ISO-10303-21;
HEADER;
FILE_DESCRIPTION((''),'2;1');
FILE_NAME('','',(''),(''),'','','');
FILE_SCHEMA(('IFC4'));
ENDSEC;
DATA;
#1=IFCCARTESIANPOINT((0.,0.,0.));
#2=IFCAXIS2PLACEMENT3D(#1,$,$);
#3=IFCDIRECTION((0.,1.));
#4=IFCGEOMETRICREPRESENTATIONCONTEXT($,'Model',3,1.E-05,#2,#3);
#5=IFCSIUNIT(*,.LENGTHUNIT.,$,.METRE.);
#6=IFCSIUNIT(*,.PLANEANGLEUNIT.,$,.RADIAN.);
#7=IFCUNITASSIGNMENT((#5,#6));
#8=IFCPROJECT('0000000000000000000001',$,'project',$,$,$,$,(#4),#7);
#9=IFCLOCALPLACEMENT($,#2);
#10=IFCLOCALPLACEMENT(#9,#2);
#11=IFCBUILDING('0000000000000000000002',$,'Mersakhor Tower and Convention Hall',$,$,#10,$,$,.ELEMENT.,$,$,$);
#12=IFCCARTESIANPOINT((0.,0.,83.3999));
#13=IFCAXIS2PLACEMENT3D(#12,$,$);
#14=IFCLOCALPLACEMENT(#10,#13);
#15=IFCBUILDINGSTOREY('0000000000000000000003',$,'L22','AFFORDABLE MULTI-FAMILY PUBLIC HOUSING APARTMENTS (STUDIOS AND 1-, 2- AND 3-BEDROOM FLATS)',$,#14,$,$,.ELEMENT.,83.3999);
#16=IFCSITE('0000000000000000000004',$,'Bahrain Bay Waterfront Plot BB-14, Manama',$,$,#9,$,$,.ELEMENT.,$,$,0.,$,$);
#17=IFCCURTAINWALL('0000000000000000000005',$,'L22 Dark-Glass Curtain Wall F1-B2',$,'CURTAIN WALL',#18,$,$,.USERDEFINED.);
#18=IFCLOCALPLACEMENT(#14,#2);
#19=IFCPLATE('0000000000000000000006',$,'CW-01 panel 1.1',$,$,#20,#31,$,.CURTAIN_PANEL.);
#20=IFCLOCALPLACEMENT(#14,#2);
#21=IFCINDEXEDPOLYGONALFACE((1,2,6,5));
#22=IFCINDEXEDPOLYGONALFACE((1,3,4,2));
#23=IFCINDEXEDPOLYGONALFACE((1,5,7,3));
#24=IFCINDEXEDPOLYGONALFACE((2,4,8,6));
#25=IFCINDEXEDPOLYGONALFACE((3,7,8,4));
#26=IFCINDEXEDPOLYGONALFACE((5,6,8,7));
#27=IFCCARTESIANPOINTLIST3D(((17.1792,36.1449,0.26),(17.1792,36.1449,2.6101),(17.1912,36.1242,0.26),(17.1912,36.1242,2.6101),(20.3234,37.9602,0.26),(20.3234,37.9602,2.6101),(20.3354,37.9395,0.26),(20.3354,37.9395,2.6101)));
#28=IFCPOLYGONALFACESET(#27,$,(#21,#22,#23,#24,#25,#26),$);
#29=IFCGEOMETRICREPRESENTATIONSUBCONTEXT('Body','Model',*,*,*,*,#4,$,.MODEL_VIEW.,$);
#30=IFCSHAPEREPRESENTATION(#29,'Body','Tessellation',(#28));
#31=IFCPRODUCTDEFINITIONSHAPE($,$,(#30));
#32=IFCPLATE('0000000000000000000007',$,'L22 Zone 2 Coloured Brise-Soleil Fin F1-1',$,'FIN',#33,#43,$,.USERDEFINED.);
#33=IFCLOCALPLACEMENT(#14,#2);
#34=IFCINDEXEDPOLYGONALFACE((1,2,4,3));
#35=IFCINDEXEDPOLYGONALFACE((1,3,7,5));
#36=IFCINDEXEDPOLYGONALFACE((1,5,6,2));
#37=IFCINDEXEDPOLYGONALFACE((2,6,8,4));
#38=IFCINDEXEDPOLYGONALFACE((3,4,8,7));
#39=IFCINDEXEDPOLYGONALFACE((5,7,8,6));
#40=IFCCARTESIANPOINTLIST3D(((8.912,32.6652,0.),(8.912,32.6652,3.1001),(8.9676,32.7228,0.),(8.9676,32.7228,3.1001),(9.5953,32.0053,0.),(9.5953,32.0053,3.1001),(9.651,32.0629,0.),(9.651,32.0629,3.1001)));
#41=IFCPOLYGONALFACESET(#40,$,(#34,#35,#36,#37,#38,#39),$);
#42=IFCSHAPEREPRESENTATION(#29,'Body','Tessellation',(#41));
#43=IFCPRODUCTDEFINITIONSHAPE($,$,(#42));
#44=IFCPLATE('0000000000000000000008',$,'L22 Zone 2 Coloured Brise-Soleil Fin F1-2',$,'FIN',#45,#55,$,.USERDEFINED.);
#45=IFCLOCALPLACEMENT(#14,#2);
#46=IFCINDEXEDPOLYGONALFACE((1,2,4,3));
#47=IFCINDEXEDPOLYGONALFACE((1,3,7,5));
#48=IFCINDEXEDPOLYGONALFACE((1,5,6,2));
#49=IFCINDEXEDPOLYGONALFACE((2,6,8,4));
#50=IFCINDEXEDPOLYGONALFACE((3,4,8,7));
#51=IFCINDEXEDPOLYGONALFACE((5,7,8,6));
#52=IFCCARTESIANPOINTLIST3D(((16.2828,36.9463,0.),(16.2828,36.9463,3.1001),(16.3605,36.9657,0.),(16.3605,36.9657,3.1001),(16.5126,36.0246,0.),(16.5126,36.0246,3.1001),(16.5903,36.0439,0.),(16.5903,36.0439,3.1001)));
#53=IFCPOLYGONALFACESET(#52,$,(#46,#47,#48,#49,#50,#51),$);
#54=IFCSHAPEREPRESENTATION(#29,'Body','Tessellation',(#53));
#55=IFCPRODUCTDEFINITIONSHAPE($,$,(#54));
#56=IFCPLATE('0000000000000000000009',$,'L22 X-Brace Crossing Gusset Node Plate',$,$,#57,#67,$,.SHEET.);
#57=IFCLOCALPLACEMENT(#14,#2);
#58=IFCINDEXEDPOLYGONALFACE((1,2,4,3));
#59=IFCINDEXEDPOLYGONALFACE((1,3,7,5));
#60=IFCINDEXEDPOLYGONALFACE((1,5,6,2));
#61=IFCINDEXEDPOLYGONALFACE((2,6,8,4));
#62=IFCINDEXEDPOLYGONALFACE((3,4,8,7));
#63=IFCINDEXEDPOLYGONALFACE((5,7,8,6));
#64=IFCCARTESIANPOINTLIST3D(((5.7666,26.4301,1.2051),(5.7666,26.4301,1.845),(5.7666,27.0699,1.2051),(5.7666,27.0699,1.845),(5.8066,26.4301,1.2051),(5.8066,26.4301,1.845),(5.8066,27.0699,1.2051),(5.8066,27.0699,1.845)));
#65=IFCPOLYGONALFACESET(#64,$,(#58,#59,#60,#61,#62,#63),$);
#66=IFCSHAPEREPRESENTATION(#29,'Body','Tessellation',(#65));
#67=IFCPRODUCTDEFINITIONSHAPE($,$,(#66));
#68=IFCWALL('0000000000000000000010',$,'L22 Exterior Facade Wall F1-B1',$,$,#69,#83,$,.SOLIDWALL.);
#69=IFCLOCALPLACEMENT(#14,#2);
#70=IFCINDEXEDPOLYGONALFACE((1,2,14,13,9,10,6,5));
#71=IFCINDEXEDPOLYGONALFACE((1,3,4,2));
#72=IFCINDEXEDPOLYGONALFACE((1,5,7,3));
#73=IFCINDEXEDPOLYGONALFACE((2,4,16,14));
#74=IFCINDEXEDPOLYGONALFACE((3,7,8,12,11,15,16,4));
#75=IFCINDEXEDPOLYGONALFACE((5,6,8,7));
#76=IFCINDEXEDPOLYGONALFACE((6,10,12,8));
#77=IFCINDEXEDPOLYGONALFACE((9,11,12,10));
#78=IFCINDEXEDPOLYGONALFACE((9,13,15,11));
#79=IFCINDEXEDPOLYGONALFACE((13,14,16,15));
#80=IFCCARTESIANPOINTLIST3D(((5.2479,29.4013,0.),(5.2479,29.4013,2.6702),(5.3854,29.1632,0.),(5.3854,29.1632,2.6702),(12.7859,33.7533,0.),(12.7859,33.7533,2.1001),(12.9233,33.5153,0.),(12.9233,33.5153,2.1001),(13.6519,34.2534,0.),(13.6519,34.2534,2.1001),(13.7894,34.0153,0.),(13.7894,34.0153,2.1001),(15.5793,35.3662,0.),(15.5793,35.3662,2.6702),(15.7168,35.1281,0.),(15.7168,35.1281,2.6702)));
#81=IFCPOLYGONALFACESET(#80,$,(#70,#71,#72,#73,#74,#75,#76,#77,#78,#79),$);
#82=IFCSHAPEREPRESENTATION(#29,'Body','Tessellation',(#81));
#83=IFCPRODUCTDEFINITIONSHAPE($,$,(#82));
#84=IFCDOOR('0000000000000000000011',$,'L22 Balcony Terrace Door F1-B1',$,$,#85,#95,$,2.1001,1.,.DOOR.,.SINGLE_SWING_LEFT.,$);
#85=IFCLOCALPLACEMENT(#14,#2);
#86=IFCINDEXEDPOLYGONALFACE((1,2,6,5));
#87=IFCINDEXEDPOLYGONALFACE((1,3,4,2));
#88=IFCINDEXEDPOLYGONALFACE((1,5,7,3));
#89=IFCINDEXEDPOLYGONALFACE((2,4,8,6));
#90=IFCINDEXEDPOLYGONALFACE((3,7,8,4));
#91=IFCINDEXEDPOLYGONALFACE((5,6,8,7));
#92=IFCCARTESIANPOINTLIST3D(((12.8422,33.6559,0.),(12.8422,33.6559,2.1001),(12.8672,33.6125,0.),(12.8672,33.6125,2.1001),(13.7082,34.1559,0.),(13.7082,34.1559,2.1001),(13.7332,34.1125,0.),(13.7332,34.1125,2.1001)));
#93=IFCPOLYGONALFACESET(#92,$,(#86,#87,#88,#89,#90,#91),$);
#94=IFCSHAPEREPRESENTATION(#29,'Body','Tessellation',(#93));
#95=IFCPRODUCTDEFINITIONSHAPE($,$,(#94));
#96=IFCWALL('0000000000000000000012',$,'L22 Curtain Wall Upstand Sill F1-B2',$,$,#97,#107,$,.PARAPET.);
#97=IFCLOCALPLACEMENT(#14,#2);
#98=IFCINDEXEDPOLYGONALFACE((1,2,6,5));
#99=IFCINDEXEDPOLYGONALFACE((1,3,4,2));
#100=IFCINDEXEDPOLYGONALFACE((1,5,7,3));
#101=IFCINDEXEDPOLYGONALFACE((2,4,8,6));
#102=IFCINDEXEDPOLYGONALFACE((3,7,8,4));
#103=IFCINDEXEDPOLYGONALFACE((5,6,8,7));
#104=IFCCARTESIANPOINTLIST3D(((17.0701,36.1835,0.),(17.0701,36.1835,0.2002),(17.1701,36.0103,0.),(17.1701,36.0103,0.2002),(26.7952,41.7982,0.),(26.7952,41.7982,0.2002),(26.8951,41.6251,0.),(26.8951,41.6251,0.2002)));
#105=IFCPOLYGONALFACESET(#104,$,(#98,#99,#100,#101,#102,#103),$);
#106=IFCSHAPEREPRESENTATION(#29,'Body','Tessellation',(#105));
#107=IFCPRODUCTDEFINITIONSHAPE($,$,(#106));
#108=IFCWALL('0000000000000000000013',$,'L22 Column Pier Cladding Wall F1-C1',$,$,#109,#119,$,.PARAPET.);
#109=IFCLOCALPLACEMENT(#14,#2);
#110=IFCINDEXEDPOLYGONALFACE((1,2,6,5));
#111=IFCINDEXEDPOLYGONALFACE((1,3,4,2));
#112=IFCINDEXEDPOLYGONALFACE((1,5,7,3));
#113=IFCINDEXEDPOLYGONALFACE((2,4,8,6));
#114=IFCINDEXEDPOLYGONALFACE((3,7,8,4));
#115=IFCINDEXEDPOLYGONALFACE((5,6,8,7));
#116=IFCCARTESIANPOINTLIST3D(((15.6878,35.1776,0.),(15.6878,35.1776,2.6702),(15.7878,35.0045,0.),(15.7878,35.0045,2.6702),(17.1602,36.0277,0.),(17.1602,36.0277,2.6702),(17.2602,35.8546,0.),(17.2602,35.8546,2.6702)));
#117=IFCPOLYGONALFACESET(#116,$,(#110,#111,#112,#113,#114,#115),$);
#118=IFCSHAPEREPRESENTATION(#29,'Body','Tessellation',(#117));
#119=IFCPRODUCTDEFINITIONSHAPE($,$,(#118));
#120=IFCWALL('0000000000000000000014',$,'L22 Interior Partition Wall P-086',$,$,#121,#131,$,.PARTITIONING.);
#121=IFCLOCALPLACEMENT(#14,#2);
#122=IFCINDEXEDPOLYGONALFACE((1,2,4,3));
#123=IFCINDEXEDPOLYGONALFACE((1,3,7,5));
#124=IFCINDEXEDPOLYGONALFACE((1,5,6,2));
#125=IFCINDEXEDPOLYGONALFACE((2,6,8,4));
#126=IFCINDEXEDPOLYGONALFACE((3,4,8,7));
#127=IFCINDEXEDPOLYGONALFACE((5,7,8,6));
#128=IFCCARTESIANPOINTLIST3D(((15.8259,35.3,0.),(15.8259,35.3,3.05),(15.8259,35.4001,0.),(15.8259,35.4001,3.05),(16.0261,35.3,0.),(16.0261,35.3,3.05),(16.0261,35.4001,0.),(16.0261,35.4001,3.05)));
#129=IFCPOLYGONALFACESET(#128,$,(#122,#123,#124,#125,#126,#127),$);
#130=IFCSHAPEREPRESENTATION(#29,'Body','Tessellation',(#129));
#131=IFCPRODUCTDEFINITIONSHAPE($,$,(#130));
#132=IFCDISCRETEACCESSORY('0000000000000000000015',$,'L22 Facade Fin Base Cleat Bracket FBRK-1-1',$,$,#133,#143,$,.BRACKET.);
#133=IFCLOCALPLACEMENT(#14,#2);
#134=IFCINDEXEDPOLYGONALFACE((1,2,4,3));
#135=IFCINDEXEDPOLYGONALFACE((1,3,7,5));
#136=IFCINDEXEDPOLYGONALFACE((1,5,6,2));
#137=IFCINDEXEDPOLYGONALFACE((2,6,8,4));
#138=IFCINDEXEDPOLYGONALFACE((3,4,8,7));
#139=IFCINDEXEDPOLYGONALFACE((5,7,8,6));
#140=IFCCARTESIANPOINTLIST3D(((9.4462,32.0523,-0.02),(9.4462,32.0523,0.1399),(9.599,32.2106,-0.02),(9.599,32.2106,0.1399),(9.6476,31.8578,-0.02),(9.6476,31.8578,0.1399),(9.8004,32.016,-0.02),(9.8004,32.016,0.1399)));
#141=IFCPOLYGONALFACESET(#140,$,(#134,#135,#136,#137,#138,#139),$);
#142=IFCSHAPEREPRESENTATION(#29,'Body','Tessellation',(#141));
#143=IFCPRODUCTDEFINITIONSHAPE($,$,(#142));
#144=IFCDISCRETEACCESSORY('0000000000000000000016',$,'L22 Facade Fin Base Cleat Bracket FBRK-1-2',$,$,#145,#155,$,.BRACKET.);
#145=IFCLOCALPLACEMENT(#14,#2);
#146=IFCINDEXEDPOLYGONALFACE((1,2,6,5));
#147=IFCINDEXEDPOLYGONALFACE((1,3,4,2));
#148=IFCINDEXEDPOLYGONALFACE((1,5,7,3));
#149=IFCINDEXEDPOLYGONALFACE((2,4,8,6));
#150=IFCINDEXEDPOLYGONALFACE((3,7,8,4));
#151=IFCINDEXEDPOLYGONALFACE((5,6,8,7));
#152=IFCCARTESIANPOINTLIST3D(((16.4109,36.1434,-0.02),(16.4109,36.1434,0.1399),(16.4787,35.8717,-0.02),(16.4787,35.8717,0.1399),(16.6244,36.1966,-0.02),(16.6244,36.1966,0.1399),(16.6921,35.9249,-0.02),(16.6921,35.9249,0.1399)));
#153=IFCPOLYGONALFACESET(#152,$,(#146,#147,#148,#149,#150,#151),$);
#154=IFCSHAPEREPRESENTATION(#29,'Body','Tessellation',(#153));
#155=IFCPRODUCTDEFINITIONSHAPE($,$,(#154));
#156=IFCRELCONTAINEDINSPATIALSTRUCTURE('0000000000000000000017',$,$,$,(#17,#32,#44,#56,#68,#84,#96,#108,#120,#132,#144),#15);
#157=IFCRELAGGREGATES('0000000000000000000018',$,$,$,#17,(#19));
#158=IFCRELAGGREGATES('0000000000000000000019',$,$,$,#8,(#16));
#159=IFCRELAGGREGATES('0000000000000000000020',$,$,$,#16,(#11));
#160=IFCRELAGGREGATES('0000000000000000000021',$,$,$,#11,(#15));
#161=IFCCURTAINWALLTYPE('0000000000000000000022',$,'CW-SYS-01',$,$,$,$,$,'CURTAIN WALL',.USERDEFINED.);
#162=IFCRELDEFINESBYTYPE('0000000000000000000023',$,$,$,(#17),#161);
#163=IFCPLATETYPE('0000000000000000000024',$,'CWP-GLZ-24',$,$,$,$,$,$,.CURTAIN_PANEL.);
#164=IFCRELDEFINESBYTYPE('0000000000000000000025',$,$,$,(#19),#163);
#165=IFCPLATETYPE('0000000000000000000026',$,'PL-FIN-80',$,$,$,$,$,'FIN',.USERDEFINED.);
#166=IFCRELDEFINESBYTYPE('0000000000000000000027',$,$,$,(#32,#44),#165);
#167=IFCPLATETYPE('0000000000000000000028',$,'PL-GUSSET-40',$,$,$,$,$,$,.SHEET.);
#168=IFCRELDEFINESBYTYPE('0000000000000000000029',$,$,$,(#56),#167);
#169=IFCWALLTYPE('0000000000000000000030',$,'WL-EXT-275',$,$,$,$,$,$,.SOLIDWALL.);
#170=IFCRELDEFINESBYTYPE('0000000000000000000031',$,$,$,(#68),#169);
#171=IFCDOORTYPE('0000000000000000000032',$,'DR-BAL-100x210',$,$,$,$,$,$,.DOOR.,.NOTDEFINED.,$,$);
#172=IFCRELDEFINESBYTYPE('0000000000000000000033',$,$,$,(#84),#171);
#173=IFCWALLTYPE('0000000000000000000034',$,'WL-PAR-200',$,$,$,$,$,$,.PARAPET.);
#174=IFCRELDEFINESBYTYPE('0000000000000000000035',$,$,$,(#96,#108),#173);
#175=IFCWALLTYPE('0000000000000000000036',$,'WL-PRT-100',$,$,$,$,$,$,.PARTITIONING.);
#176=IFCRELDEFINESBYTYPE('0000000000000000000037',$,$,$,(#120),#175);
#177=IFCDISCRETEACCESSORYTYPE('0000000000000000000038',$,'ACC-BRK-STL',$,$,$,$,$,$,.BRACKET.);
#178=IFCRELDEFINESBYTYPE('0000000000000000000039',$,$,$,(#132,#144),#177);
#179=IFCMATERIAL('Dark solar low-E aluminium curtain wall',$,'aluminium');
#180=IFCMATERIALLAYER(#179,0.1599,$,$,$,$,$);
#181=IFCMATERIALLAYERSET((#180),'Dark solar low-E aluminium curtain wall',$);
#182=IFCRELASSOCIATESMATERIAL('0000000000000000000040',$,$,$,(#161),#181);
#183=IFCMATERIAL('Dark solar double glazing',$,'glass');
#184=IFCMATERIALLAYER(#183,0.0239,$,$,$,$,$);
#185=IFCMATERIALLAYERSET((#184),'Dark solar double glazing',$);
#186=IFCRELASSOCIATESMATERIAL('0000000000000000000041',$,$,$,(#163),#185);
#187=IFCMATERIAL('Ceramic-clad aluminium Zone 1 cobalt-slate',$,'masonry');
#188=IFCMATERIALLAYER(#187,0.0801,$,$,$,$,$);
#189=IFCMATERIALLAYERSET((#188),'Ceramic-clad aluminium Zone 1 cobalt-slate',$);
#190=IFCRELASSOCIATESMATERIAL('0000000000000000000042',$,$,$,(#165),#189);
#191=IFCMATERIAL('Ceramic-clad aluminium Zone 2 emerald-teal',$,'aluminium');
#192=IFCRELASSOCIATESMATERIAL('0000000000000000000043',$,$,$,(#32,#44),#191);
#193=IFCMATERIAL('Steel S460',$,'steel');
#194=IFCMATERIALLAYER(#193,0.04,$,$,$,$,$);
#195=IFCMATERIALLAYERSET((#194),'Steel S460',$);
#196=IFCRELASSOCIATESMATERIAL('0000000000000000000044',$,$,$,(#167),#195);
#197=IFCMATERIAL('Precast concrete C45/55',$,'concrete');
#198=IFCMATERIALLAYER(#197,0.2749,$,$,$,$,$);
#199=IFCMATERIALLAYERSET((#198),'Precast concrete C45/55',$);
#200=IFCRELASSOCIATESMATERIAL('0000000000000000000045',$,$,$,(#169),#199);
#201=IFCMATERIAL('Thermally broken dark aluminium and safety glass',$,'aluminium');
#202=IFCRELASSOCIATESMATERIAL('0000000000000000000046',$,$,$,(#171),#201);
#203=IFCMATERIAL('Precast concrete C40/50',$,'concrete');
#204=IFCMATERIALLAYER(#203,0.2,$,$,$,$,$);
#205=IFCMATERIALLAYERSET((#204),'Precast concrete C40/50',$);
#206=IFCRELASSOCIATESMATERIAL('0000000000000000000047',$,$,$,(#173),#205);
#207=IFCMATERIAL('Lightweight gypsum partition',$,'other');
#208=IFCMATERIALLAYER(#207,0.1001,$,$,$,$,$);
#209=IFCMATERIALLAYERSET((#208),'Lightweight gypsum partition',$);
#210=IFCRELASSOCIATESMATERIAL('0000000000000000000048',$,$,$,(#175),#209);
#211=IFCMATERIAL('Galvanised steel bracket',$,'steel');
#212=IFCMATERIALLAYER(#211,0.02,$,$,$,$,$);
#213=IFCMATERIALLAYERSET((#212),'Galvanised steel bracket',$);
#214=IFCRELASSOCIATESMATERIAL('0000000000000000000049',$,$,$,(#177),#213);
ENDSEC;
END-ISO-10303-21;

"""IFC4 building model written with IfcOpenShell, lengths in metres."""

from ifc_helpers import new_model, si_unit, direction, frame, frame_2d, origin, origin_2d, place, context, subcontext, project, spatial, rectangle, extrude, material, layer, layer_set, type_object, element, fill, aggregate, save


model = new_model("IFC4")

# Units and contexts
model_context = context("Model", 3, precision=1e-05, world=origin(), true_north=direction((0.0, 1.0)))
body_context = subcontext(model_context, "Body", "Model", "MODEL_VIEW")
ifc_project = project(units=[si_unit("LENGTHUNIT", "METRE"), si_unit("PLANEANGLEUNIT", "RADIAN")], contexts=[model_context])

# Site, building, storey
site_placement = place(None, origin())
site = spatial("IfcSite", under=ifc_project, at=site_placement, Name="Bahrain Bay Waterfront Plot BB-14, Manama", CompositionType="ELEMENT", RefElevation=0.0)
building_placement = place(site_placement, origin())
building = spatial("IfcBuilding", under=site, at=building_placement, Name="Mersakhor Tower and Convention Hall", CompositionType="ELEMENT")
storey_placement = place(building_placement, frame((0.0, 0.0, 83.3999)))
storey = spatial("IfcBuildingStorey", under=building, at=storey_placement, Name="L22", Description="AFFORDABLE MULTI-FAMILY PUBLIC HOUSING APARTMENTS (STUDIOS AND 1-, 2- AND 3-BEDROOM FLATS)", CompositionType="ELEMENT", Elevation=83.3999)

# Curtain wall
ifc_material_1 = material(Name="Dark solar low-E aluminium curtain wall", Category="aluminium")
ifc_layer_1 = layer(ifc_material_1, 0.1599)
ifc_layer_set_1 = layer_set([ifc_layer_1], Name="Dark solar low-E aluminium curtain wall")
curtain_wall_type = type_object("IfcCurtainWallType", Name="CW-SYS-01", ElementType="CURTAIN WALL", PredefinedType="USERDEFINED", material=ifc_layer_set_1)
curtain_wall_placement = place(storey_placement, origin())
curtain_wall = element("IfcCurtainWall", 1, at=curtain_wall_placement, inside=storey, type_object=curtain_wall_type, Name="L22 Dark-Glass Curtain Wall F1-B2", ObjectType="CURTAIN WALL", PredefinedType="USERDEFINED")

# Plate
ifc_material_2 = material(Name="Dark solar double glazing", Category="glass")
ifc_layer_2 = layer(ifc_material_2, 0.0239)
ifc_layer_set_2 = layer_set([ifc_layer_2], Name="Dark solar double glazing")
plate_type_1 = type_object("IfcPlateType", Name="CWP-GLZ-24", PredefinedType="CURTAIN_PANEL", material=ifc_layer_set_2)
plate_1_placement = place(storey_placement, frame((18.7573, 37.0422, 0.26), z_axis=(0.0, 0.0, 1.0), x_axis=(0.866027, 0.499998, 0.0)))
plate_1 = element("IfcPlate", 2, at=plate_1_placement, type_object=plate_type_1, Name="CW-01 panel 1.1", PredefinedType="CURTAIN_PANEL", context=body_context, shape_type="SweptSolid", body=[
    extrude(rectangle(XDim=3.6306, YDim=0.0239, at=origin_2d()), origin(), (0.0, 0.0, 1.0), 2.3501),
])
aggregate(curtain_wall, [plate_1])

# Plates
ifc_material_3 = material(Name="Ceramic-clad aluminium Zone 2 emerald-teal", Category="aluminium")
ifc_material_4 = material(Name="Ceramic-clad aluminium Zone 1 cobalt-slate", Category="masonry")
ifc_layer_3 = layer(ifc_material_4, 0.0801)
ifc_layer_set_3 = layer_set([ifc_layer_3], Name="Ceramic-clad aluminium Zone 1 cobalt-slate")
plate_type_2 = type_object("IfcPlateType", Name="PL-FIN-80", ElementType="FIN", PredefinedType="USERDEFINED", material=ifc_layer_set_3)
for number, where, z_axis, x_axis, name in (
    (3, (9.2815, 32.364, 0.0), (0.0, 0.0, 1.0), (-0.71934, 0.694658, 0.0), "L22 Zone 2 Coloured Brise-Soleil Fin F1-1"),
    (4, (16.4365, 36.4951, 0.0), (0.0, 0.0, 1.0), (-0.241922, 0.970296, 0.0), "L22 Zone 2 Coloured Brise-Soleil Fin F1-2"),
):
    element("IfcPlate", number, at=place(storey_placement, frame(where, z_axis=z_axis, x_axis=x_axis)), inside=storey, type_object=plate_type_2, material=ifc_material_3, Name=name, ObjectType="FIN", PredefinedType="USERDEFINED", context=body_context, shape_type="SweptSolid", body=[
        extrude(rectangle(XDim=0.95, YDim=0.0801, at=origin_2d()), origin(), (0.0, 0.0, 1.0), 3.1001),
    ])
ifc_material_5 = material(Name="Steel S460", Category="steel")
ifc_layer_4 = layer(ifc_material_5, 0.04)
ifc_layer_set_4 = layer_set([ifc_layer_4], Name="Steel S460")
plate_type_3 = type_object("IfcPlateType", Name="PL-GUSSET-40", PredefinedType="SHEET", material=ifc_layer_set_4)
plate_2_placement = place(storey_placement, frame((5.7866, 26.75, 1.2051), z_axis=(0.0, 0.0, 1.0), x_axis=(0.0, -1.0, 0.0)))
element("IfcPlate", 5, at=plate_2_placement, inside=storey, type_object=plate_type_3, Name="L22 X-Brace Crossing Gusset Node Plate", PredefinedType="SHEET", context=body_context, shape_type="SweptSolid", body=[
    extrude(rectangle(XDim=0.6399, YDim=0.04, at=origin_2d()), origin(), (0.0, 0.0, 1.0), 0.6399),
])

# Wall, opening, door
ifc_material_6 = material(Name="Precast concrete C45/55", Category="concrete")
ifc_layer_5 = layer(ifc_material_6, 0.2749)
ifc_layer_set_5 = layer_set([ifc_layer_5], Name="Precast concrete C45/55")
wall_type_1 = type_object("IfcWallType", Name="WL-EXT-275", PredefinedType="SOLIDWALL", material=ifc_layer_set_5)
wall_1_placement = place(storey_placement, frame((5.3167, 29.2822, 0.0), z_axis=(0.0, 0.0, 1.0), x_axis=(0.866023, 0.500004, 0.0)))
wall_1 = element("IfcWall", 6, at=wall_1_placement, inside=storey, type_object=wall_type_1, Name="L22 Exterior Facade Wall F1-B1", PredefinedType="SOLIDWALL", context=body_context, shape_type="SweptSolid", body=[
    extrude(rectangle(XDim=11.9297, YDim=0.2749, at=frame_2d((5.9648, 0.0))), origin(), (0.0, 0.0, 1.0), 2.6702),
])
opening_placement = place(wall_1_placement, frame((8.7041, 0.0, 0.0)))
opening = element("IfcOpeningElement", 7, at=opening_placement, cuts=wall_1, PredefinedType="OPENING", context=body_context, shape_type="SweptSolid", body=[
    extrude(rectangle(XDim=1.0, YDim=2.1001, at=frame_2d((0.5, 1.05))), frame((0.0, 0.1475, 0.0), z_axis=(0.0, -1.0, 0.0), x_axis=(1.0, 0.0, 0.0)), (0.0, 0.0, 1.0), 0.2949),
])
ifc_material_7 = material(Name="Thermally broken dark aluminium and safety glass", Category="aluminium")
door_type = type_object("IfcDoorType", Name="DR-BAL-100x210", OperationType="NOTDEFINED", PredefinedType="DOOR", material=ifc_material_7)
door_placement = place(opening_placement, origin())
door = element("IfcDoor", 8, at=door_placement, inside=storey, type_object=door_type, Name="L22 Balcony Terrace Door F1-B1", OperationType="SINGLE_SWING_LEFT", OverallHeight=2.1001, OverallWidth=1.0, PredefinedType="DOOR", context=body_context, shape_type="SweptSolid", body=[
    extrude(rectangle(XDim=1.0, YDim=2.1001, at=frame_2d((0.5, 1.05))), frame((0.0, 0.0249, 0.0), z_axis=(0.0, -1.0, 0.0), x_axis=(1.0, 0.0, 0.0)), (0.0, 0.0, 1.0), 0.05),
])
fill(opening, door)

# Walls
ifc_material_8 = material(Name="Precast concrete C40/50", Category="concrete")
ifc_layer_6 = layer(ifc_material_8, 0.2)
ifc_layer_set_6 = layer_set([ifc_layer_6], Name="Precast concrete C40/50")
wall_type_2 = type_object("IfcWallType", Name="WL-PAR-200", PredefinedType="PARAPET", material=ifc_layer_set_6)
wall_2_placement = place(storey_placement, frame((17.1201, 36.0969, 0.0), z_axis=(0.0, 0.0, 1.0), x_axis=(0.866027, 0.499997, 0.0)))
element("IfcWall", 9, at=wall_2_placement, inside=storey, type_object=wall_type_2, Name="L22 Curtain Wall Upstand Sill F1-B2", PredefinedType="PARAPET", context=body_context, shape_type="SweptSolid", body=[
    extrude(rectangle(XDim=11.2295, YDim=0.2, at=frame_2d((5.6147, 0.0))), origin(), (0.0, 0.0, 1.0), 0.2002),
])
wall_3_placement = place(storey_placement, frame((15.7378, 35.0911, 0.0), z_axis=(0.0, 0.0, 1.0), x_axis=(0.866025, 0.5, 0.0)))
element("IfcWall", 10, at=wall_3_placement, inside=storey, type_object=wall_type_2, Name="L22 Column Pier Cladding Wall F1-C1", PredefinedType="PARAPET", context=body_context, shape_type="SweptSolid", body=[
    extrude(rectangle(XDim=1.7002, YDim=0.2, at=frame_2d((0.8501, 0.0))), origin(), (0.0, 0.0, 1.0), 2.6702),
])
ifc_material_9 = material(Name="Lightweight gypsum partition", Category="other")
ifc_layer_7 = layer(ifc_material_9, 0.1001)
ifc_layer_set_7 = layer_set([ifc_layer_7], Name="Lightweight gypsum partition")
wall_type_3 = type_object("IfcWallType", Name="WL-PRT-100", PredefinedType="PARTITIONING", material=ifc_layer_set_7)
wall_4_placement = place(storey_placement, frame((16.0261, 35.3501, 0.0), z_axis=(0.0, 0.0, 1.0), x_axis=(-1.0, 0.0, 0.0)))
element("IfcWall", 11, at=wall_4_placement, inside=storey, type_object=wall_type_3, Name="L22 Interior Partition Wall P-086", PredefinedType="PARTITIONING", context=body_context, shape_type="SweptSolid", body=[
    extrude(rectangle(XDim=0.2002, YDim=0.1001, at=frame_2d((0.1001, 0.0))), origin(), (0.0, 0.0, 1.0), 3.05),
])

# Discrete accessories
ifc_material_10 = material(Name="Galvanised steel bracket", Category="steel")
ifc_layer_8 = layer(ifc_material_10, 0.02)
ifc_layer_set_8 = layer_set([ifc_layer_8], Name="Galvanised steel bracket")
discrete_accessory_type = type_object("IfcDiscreteAccessoryType", Name="ACC-BRK-STL", PredefinedType="BRACKET", material=ifc_layer_set_8)
for number, where, z_axis, x_axis, name in (
    (12, (9.6233, 32.0342, -0.02), (0.0, 0.0, 1.0), (-0.71934, 0.694658, 0.0), "L22 Facade Fin Base Cleat Bracket FBRK-1-1"),
    (13, (16.5515, 36.0342, -0.02), (0.0, 0.0, 1.0), (-0.241922, 0.970296, 0.0), "L22 Facade Fin Base Cleat Bracket FBRK-1-2"),
):
    element("IfcDiscreteAccessory", number, at=place(storey_placement, frame(where, z_axis=z_axis, x_axis=x_axis)), inside=storey, type_object=discrete_accessory_type, Name=name, PredefinedType="BRACKET", context=body_context, shape_type="SweptSolid", body=[
        extrude(rectangle(XDim=0.28, YDim=0.22, at=origin_2d()), origin(), (0.0, 0.0, 1.0), 0.1599),
    ])

save(model, "model.ifc")
